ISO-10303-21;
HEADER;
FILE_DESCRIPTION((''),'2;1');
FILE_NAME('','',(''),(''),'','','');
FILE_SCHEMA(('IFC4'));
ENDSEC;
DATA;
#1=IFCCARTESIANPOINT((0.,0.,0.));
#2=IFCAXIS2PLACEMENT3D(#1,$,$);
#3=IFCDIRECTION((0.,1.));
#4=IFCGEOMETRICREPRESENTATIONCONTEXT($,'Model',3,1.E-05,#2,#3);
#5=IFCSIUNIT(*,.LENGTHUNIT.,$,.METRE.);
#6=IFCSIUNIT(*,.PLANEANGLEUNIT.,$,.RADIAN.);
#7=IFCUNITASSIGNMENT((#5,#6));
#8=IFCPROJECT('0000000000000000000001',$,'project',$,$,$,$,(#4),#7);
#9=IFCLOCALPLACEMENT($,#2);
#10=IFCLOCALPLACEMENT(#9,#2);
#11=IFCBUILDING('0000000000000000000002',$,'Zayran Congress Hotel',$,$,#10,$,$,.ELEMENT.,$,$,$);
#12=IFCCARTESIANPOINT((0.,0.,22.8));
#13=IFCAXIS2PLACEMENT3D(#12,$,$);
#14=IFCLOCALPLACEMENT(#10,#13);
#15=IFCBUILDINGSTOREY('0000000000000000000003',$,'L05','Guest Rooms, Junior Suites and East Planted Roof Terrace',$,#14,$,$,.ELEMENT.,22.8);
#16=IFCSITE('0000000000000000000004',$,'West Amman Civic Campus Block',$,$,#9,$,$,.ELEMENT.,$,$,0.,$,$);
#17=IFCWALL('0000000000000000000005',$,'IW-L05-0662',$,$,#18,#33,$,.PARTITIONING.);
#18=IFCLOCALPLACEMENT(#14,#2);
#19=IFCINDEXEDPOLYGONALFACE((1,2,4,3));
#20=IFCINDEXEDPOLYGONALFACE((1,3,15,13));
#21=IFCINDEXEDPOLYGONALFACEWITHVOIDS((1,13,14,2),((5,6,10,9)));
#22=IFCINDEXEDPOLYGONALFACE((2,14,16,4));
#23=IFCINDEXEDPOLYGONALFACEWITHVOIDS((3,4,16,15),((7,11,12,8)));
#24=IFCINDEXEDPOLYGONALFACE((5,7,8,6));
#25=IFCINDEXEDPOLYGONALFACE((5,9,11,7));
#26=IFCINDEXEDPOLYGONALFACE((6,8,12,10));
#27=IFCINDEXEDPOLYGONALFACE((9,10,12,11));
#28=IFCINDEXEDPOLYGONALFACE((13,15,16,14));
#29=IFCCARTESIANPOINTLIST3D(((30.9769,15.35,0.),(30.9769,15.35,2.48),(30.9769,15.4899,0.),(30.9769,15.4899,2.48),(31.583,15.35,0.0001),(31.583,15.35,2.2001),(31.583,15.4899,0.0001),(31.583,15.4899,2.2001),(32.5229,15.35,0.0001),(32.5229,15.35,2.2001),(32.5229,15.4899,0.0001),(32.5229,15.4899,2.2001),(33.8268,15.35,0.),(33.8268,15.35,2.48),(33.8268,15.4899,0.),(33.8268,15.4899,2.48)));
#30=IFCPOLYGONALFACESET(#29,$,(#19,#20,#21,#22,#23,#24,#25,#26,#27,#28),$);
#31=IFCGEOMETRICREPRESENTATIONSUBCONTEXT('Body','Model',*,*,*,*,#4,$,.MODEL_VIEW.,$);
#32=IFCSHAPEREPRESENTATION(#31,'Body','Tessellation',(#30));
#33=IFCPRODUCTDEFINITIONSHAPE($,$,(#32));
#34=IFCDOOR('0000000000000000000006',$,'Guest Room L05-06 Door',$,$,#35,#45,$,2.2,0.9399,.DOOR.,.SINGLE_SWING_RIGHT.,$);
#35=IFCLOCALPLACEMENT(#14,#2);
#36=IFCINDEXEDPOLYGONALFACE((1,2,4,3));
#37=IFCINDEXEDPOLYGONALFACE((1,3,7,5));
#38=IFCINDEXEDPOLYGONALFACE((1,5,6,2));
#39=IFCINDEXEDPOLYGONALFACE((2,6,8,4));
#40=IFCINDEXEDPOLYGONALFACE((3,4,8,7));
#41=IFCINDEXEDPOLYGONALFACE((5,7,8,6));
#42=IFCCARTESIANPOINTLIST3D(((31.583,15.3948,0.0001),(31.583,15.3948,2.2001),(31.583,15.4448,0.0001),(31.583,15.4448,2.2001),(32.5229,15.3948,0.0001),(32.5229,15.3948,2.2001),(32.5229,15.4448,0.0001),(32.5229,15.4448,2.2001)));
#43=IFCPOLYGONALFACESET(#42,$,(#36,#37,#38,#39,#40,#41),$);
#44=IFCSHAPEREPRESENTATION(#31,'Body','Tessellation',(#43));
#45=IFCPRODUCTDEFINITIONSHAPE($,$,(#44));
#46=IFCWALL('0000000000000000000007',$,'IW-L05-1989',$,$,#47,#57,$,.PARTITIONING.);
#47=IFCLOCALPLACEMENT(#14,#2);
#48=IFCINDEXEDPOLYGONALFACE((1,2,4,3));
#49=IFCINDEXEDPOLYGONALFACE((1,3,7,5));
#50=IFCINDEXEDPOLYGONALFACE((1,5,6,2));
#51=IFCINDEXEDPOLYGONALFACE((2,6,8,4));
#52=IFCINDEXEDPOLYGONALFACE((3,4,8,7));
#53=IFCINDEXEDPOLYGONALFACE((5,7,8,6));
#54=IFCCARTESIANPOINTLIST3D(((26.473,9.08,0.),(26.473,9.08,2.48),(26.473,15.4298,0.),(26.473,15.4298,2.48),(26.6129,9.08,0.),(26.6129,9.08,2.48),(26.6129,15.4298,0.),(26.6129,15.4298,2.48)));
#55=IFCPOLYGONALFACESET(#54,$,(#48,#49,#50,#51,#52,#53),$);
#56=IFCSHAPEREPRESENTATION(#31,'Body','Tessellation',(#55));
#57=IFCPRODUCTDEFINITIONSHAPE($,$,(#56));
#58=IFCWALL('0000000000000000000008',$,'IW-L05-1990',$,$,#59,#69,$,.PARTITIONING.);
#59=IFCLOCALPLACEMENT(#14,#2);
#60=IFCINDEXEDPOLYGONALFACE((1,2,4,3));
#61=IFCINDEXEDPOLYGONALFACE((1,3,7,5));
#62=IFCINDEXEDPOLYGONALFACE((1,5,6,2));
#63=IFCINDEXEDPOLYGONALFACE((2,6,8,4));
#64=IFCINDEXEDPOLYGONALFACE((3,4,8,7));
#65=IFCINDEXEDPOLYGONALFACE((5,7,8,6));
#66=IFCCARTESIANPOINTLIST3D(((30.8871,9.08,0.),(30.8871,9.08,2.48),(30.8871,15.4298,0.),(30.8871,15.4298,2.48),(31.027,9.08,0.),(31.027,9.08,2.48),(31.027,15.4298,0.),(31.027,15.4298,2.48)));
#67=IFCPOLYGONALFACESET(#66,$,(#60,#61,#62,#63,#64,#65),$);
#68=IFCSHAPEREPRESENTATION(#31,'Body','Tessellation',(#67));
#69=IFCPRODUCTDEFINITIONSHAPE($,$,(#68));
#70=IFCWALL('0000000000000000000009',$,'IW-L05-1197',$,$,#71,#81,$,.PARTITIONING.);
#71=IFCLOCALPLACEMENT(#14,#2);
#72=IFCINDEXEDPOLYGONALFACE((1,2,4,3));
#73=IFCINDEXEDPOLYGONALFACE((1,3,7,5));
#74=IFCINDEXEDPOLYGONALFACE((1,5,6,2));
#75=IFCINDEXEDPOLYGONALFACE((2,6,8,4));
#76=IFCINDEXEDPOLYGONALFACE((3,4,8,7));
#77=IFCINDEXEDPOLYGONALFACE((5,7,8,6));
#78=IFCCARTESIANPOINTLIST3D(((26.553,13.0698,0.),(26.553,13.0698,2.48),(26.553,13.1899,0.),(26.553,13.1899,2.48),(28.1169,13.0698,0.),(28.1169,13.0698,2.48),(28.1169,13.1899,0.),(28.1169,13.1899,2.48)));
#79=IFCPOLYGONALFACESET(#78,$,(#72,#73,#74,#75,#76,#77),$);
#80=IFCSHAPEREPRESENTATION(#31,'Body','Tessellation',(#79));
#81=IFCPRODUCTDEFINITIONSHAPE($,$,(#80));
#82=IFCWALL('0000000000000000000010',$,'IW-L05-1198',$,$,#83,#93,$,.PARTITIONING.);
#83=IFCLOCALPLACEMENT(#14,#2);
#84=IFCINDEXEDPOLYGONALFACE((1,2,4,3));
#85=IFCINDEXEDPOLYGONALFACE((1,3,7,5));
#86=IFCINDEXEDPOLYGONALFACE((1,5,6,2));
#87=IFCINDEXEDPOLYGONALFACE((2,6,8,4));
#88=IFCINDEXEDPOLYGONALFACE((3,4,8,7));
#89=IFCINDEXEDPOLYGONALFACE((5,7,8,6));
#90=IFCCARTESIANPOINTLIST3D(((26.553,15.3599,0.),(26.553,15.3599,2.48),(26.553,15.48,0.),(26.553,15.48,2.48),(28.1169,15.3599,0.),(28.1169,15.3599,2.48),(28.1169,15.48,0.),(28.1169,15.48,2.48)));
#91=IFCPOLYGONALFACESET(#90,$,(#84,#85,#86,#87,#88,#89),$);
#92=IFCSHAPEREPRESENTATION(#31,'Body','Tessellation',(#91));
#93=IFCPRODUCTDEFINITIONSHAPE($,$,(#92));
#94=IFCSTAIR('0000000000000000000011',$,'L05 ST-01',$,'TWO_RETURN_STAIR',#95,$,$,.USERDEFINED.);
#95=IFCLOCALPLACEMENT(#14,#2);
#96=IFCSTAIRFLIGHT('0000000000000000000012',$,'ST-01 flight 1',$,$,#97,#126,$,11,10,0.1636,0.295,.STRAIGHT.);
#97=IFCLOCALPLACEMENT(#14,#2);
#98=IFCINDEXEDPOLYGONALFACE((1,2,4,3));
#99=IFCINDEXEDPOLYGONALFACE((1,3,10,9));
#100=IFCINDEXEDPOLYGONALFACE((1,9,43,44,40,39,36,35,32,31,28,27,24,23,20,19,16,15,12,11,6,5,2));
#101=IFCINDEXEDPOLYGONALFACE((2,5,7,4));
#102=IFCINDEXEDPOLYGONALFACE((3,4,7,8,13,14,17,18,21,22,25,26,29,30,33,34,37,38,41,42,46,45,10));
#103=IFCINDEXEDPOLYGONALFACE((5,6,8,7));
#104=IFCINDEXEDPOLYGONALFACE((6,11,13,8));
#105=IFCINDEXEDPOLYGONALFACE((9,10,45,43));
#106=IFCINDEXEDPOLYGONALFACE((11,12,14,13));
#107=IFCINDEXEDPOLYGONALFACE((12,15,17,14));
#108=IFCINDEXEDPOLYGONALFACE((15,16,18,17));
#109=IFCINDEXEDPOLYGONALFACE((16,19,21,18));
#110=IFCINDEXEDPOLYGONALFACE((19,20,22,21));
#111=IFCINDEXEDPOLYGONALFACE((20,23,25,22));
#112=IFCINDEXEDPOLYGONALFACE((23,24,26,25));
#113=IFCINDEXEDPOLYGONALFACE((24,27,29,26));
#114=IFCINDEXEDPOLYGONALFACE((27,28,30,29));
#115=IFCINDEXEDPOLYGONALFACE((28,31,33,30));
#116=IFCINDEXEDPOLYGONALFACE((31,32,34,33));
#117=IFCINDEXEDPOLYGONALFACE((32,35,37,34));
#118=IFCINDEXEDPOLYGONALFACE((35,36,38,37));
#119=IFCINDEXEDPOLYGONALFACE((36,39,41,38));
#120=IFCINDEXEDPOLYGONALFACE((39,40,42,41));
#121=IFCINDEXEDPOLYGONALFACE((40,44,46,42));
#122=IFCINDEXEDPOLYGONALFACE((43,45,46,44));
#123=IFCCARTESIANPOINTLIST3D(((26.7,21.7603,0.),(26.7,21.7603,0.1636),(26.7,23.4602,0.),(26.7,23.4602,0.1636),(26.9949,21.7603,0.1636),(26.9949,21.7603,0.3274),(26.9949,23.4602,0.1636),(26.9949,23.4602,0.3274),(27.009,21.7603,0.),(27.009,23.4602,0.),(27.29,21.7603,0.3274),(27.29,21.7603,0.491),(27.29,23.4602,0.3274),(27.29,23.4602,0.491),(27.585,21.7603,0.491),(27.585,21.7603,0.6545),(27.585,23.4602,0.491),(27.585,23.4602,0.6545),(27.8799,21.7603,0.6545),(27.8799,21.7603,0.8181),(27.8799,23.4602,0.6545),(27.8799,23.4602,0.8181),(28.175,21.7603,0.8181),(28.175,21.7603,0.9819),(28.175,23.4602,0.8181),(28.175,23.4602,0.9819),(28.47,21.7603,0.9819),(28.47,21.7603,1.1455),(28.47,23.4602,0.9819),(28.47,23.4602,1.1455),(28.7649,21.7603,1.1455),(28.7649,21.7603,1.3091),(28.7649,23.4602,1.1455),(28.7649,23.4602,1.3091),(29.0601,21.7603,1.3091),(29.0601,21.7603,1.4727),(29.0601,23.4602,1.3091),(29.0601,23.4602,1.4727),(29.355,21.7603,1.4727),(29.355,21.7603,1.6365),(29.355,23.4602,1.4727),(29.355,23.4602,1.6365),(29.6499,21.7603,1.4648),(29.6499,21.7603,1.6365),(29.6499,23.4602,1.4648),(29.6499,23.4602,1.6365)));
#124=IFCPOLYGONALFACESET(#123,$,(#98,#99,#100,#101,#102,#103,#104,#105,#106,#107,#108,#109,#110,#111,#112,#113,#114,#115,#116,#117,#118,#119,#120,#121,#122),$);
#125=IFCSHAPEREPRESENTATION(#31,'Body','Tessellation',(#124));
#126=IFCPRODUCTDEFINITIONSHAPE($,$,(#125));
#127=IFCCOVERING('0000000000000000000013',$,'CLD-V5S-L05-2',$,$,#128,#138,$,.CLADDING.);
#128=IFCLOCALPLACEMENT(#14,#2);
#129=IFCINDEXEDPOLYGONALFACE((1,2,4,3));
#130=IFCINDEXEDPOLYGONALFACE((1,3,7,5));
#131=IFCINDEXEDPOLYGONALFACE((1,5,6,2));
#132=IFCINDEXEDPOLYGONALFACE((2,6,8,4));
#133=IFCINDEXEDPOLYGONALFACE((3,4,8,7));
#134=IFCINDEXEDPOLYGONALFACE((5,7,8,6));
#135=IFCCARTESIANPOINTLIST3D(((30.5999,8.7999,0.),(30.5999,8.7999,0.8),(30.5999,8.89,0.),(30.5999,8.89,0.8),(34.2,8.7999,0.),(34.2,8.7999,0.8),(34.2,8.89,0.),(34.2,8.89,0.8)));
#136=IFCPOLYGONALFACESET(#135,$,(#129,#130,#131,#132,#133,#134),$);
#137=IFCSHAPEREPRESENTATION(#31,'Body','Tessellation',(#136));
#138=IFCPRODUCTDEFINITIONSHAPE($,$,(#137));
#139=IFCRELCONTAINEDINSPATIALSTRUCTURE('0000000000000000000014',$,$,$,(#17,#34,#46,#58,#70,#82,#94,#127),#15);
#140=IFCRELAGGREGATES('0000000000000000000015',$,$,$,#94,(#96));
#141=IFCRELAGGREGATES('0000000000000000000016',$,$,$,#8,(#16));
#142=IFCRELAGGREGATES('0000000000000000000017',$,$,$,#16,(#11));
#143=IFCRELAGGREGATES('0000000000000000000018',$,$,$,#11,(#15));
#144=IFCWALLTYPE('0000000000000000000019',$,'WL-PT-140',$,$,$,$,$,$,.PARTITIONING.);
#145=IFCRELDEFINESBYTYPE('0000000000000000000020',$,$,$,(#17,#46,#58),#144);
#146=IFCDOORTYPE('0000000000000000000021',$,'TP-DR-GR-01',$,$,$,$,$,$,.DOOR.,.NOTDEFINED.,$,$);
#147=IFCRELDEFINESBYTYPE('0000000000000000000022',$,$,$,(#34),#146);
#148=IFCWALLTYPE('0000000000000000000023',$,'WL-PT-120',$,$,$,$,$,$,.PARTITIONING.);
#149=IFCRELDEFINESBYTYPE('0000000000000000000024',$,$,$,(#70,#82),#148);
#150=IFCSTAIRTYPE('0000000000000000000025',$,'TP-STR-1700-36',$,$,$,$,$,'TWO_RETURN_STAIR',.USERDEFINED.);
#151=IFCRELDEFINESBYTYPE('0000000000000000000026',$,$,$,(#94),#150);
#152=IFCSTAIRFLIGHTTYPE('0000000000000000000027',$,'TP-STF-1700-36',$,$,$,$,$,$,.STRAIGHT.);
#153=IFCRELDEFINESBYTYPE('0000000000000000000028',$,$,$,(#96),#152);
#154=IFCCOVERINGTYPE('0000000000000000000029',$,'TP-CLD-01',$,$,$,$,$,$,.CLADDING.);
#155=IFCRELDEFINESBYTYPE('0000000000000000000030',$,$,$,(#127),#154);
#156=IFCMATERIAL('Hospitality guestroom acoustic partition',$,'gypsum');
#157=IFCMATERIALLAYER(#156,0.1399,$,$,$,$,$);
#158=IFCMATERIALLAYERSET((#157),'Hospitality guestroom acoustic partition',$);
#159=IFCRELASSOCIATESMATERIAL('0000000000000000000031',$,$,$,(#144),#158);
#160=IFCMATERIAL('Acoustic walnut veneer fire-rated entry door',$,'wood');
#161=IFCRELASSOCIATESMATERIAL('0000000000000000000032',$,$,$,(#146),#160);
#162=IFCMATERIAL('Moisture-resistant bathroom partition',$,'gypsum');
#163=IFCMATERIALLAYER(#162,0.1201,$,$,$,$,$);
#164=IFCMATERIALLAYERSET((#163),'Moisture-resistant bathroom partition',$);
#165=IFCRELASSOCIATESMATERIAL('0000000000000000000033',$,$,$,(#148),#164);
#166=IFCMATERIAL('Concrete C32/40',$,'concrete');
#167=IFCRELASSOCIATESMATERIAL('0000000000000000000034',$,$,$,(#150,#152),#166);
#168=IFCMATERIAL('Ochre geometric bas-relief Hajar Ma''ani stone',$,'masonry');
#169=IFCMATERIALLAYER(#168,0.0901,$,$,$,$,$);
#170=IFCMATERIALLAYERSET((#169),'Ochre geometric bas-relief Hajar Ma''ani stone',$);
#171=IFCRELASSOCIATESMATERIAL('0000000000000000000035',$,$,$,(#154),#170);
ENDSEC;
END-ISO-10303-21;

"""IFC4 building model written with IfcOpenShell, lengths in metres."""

from ifc_helpers import new_model, si_unit, direction, frame, frame_2d, origin, origin_2d, place, context, subcontext, project, spatial, polyline, rectangle, outline, extrude, material, layer, layer_set, type_object, element, fill, aggregate, save


model = new_model("IFC4")

# Units and contexts
model_context = context("Model", 3, precision=1e-05, world=origin(), true_north=direction((0.0, 1.0)))
body_context = subcontext(model_context, "Body", "Model", "MODEL_VIEW")
ifc_project = project(units=[si_unit("LENGTHUNIT", "METRE"), si_unit("PLANEANGLEUNIT", "RADIAN")], contexts=[model_context])

# Site, building, storey
site_placement = place(None, origin())
site = spatial("IfcSite", under=ifc_project, at=site_placement, Name="West Amman Civic Campus Block", CompositionType="ELEMENT", RefElevation=0.0)
building_placement = place(site_placement, origin())
building = spatial("IfcBuilding", under=site, at=building_placement, Name="Zayran Congress Hotel", CompositionType="ELEMENT")
storey_placement = place(building_placement, frame((0.0, 0.0, 22.8)))
storey = spatial("IfcBuildingStorey", under=building, at=storey_placement, Name="L05", Description="Guest Rooms, Junior Suites and East Planted Roof Terrace", CompositionType="ELEMENT", Elevation=22.8)

# Shared definitions
ifc_material_1 = material(Name="Hospitality guestroom acoustic partition", Category="gypsum")
ifc_layer_1 = layer(ifc_material_1, 0.1399)
ifc_layer_set_1 = layer_set([ifc_layer_1], Name="Hospitality guestroom acoustic partition")
wall_type_1 = type_object("IfcWallType", Name="WL-PT-140", PredefinedType="PARTITIONING", material=ifc_layer_set_1)

# Wall, opening, door
wall_1_placement = place(storey_placement, frame((30.9771, 15.4199, 0.0), z_axis=(0.0, 0.0, 1.0), x_axis=(1.0, 0.0, 0.0)))
wall_1 = element("IfcWall", 1, at=wall_1_placement, inside=storey, type_object=wall_type_1, Name="IW-L05-0662", PredefinedType="PARTITIONING", context=body_context, shape_type="SweptSolid", body=[
    extrude(rectangle(XDim=2.8499, YDim=0.1399, at=frame_2d((1.4248, 0.0))), origin(), (0.0, 0.0, 1.0), 2.48),
])
opening_1_placement = place(wall_1_placement, frame((0.606, 0.0, 0.0)))
opening_1 = element("IfcOpeningElement", 2, at=opening_1_placement, cuts=wall_1, PredefinedType="OPENING", context=body_context, shape_type="SweptSolid", body=[
    extrude(rectangle(XDim=0.9399, YDim=2.2, at=frame_2d((0.47, 1.1001))), frame((0.0, 0.0798, 0.0), z_axis=(0.0, -1.0, 0.0), x_axis=(1.0, 0.0, 0.0)), (0.0, 0.0, 1.0), 0.1599),
])
ifc_material_2 = material(Name="Acoustic walnut veneer fire-rated entry door", Category="wood")
door_type_1 = type_object("IfcDoorType", Name="TP-DR-GR-01", OperationType="NOTDEFINED", PredefinedType="DOOR", material=ifc_material_2)
door_1_placement = place(opening_1_placement, origin())
door_1 = element("IfcDoor", 3, at=door_1_placement, inside=storey, type_object=door_type_1, Name="Guest Room L05-06 Door", OperationType="SINGLE_SWING_RIGHT", OverallHeight=2.2, OverallWidth=0.9399, PredefinedType="DOOR", context=body_context, shape_type="SweptSolid", body=[
    extrude(rectangle(XDim=0.9399, YDim=2.2, at=frame_2d((0.47, 1.1001))), frame((0.0, 0.0249, 0.0), z_axis=(0.0, -1.0, 0.0), x_axis=(1.0, 0.0, 0.0)), (0.0, 0.0, 1.0), 0.05),
])
fill(opening_1, door_1)

# Walls
for number, where, z_axis, x_axis, name in (
    (4, (26.543, 9.0801, 0.0), (0.0, 0.0, 1.0), (0.0, 1.0, 0.0), "IW-L05-1989"),
    (5, (30.957, 9.0801, 0.0), (0.0, 0.0, 1.0), (0.0, 1.0, 0.0), "IW-L05-1990"),
):
    element("IfcWall", number, at=place(storey_placement, frame(where, z_axis=z_axis, x_axis=x_axis)), inside=storey, type_object=wall_type_1, Name=name, PredefinedType="PARTITIONING", context=body_context, shape_type="SweptSolid", body=[
        extrude(rectangle(XDim=6.3499, YDim=0.1399, at=frame_2d((3.1748, 0.0))), origin(), (0.0, 0.0, 1.0), 2.48),
    ])

# Shared definitions
ifc_material_3 = material(Name="Moisture-resistant bathroom partition", Category="gypsum")
ifc_layer_2 = layer(ifc_material_3, 0.1201)
ifc_layer_set_2 = layer_set([ifc_layer_2], Name="Moisture-resistant bathroom partition")
wall_type_2 = type_object("IfcWallType", Name="WL-PT-120", PredefinedType="PARTITIONING", material=ifc_layer_set_2)

# Walls
for number, where, z_axis, x_axis, name in (
    (6, (26.553, 13.1299, 0.0), (0.0, 0.0, 1.0), (1.0, 0.0, 0.0), "IW-L05-1197"),
    (7, (26.553, 15.4199, 0.0), (0.0, 0.0, 1.0), (1.0, 0.0, 0.0), "IW-L05-1198"),
):
    element("IfcWall", number, at=place(storey_placement, frame(where, z_axis=z_axis, x_axis=x_axis)), inside=storey, type_object=wall_type_2, Name=name, PredefinedType="PARTITIONING", context=body_context, shape_type="SweptSolid", body=[
        extrude(rectangle(XDim=1.564, YDim=0.1201, at=frame_2d((0.782, 0.0))), origin(), (0.0, 0.0, 1.0), 2.48),
    ])

# Stair, stair flight
ifc_material_4 = material(Name="Concrete C32/40", Category="concrete")
stair_type = type_object("IfcStairType", Name="TP-STR-1700-36", ElementType="TWO_RETURN_STAIR", PredefinedType="USERDEFINED", material=ifc_material_4)
stair_placement = place(storey_placement, origin())
stair = element("IfcStair", 8, at=stair_placement, inside=storey, type_object=stair_type, Name="L05 ST-01", ObjectType="TWO_RETURN_STAIR", PredefinedType="USERDEFINED")
stair_flight_type = type_object("IfcStairFlightType", Name="TP-STF-1700-36", PredefinedType="STRAIGHT", material=ifc_material_4)
stair_flight_placement = place(storey_placement, frame((26.7, 22.6101, 0.0), z_axis=(0.0, 0.0, 1.0), x_axis=(1.0, 0.0, 0.0)))
stair_flight = element("IfcStairFlight", 9, at=stair_flight_placement, type_object=stair_flight_type, Name="ST-01 flight 1", NumberOfRisers=11, NumberOfTreads=10, PredefinedType="STRAIGHT", RiserHeight=0.1636, TreadLength=0.295, context=body_context, shape_type="SweptSolid", body=[
    extrude(outline(polyline([(0.0, 0.0), (0.0, 0.1636), (0.2949, 0.1636), (0.2949, 0.3274), (0.5901, 0.3274), (0.5901, 0.491), (0.885, 0.491), (0.885, 0.6545), (1.1799, 0.6545), (1.1799, 0.8181), (1.4751, 0.8181), (1.4751, 0.9819), (1.77, 0.9819), (1.77, 1.1455), (2.0649, 1.1455), (2.0649, 1.3091), (2.3601, 1.3091), (2.3601, 1.4727), (2.655, 1.4727), (2.655, 1.6365), (2.95, 1.6365), (2.95, 1.8), (2.95, 1.4648), (0.3091, 0.0), (0.0, 0.0)])), frame((0.0, 0.8501, 0.0), z_axis=(0.0, -1.0, 0.0), x_axis=(1.0, 0.0, 0.0)), (0.0, 0.0, 1.0), 1.7),
])
aggregate(stair, [stair_flight])

# Covering
ifc_material_5 = material(Name="Ochre geometric bas-relief Hajar Ma'ani stone", Category="masonry")
ifc_layer_3 = layer(ifc_material_5, 0.0901)
ifc_layer_set_3 = layer_set([ifc_layer_3], Name="Ochre geometric bas-relief Hajar Ma'ani stone")
covering_type = type_object("IfcCoveringType", Name="TP-CLD-01", PredefinedType="CLADDING", material=ifc_layer_set_3)
covering_placement = place(storey_placement, frame((32.3999, 8.845, 0.0), z_axis=(0.0, 0.0, 1.0), x_axis=(1.0, 0.0, 0.0)))
element("IfcCovering", 10, at=covering_placement, inside=storey, type_object=covering_type, Name="CLD-V5S-L05-2", PredefinedType="CLADDING", context=body_context, shape_type="SweptSolid", body=[
    extrude(rectangle(XDim=3.6001, YDim=0.0901, at=origin_2d()), origin(), (0.0, 0.0, 1.0), 0.8),
])

save(model, "model.ifc")
